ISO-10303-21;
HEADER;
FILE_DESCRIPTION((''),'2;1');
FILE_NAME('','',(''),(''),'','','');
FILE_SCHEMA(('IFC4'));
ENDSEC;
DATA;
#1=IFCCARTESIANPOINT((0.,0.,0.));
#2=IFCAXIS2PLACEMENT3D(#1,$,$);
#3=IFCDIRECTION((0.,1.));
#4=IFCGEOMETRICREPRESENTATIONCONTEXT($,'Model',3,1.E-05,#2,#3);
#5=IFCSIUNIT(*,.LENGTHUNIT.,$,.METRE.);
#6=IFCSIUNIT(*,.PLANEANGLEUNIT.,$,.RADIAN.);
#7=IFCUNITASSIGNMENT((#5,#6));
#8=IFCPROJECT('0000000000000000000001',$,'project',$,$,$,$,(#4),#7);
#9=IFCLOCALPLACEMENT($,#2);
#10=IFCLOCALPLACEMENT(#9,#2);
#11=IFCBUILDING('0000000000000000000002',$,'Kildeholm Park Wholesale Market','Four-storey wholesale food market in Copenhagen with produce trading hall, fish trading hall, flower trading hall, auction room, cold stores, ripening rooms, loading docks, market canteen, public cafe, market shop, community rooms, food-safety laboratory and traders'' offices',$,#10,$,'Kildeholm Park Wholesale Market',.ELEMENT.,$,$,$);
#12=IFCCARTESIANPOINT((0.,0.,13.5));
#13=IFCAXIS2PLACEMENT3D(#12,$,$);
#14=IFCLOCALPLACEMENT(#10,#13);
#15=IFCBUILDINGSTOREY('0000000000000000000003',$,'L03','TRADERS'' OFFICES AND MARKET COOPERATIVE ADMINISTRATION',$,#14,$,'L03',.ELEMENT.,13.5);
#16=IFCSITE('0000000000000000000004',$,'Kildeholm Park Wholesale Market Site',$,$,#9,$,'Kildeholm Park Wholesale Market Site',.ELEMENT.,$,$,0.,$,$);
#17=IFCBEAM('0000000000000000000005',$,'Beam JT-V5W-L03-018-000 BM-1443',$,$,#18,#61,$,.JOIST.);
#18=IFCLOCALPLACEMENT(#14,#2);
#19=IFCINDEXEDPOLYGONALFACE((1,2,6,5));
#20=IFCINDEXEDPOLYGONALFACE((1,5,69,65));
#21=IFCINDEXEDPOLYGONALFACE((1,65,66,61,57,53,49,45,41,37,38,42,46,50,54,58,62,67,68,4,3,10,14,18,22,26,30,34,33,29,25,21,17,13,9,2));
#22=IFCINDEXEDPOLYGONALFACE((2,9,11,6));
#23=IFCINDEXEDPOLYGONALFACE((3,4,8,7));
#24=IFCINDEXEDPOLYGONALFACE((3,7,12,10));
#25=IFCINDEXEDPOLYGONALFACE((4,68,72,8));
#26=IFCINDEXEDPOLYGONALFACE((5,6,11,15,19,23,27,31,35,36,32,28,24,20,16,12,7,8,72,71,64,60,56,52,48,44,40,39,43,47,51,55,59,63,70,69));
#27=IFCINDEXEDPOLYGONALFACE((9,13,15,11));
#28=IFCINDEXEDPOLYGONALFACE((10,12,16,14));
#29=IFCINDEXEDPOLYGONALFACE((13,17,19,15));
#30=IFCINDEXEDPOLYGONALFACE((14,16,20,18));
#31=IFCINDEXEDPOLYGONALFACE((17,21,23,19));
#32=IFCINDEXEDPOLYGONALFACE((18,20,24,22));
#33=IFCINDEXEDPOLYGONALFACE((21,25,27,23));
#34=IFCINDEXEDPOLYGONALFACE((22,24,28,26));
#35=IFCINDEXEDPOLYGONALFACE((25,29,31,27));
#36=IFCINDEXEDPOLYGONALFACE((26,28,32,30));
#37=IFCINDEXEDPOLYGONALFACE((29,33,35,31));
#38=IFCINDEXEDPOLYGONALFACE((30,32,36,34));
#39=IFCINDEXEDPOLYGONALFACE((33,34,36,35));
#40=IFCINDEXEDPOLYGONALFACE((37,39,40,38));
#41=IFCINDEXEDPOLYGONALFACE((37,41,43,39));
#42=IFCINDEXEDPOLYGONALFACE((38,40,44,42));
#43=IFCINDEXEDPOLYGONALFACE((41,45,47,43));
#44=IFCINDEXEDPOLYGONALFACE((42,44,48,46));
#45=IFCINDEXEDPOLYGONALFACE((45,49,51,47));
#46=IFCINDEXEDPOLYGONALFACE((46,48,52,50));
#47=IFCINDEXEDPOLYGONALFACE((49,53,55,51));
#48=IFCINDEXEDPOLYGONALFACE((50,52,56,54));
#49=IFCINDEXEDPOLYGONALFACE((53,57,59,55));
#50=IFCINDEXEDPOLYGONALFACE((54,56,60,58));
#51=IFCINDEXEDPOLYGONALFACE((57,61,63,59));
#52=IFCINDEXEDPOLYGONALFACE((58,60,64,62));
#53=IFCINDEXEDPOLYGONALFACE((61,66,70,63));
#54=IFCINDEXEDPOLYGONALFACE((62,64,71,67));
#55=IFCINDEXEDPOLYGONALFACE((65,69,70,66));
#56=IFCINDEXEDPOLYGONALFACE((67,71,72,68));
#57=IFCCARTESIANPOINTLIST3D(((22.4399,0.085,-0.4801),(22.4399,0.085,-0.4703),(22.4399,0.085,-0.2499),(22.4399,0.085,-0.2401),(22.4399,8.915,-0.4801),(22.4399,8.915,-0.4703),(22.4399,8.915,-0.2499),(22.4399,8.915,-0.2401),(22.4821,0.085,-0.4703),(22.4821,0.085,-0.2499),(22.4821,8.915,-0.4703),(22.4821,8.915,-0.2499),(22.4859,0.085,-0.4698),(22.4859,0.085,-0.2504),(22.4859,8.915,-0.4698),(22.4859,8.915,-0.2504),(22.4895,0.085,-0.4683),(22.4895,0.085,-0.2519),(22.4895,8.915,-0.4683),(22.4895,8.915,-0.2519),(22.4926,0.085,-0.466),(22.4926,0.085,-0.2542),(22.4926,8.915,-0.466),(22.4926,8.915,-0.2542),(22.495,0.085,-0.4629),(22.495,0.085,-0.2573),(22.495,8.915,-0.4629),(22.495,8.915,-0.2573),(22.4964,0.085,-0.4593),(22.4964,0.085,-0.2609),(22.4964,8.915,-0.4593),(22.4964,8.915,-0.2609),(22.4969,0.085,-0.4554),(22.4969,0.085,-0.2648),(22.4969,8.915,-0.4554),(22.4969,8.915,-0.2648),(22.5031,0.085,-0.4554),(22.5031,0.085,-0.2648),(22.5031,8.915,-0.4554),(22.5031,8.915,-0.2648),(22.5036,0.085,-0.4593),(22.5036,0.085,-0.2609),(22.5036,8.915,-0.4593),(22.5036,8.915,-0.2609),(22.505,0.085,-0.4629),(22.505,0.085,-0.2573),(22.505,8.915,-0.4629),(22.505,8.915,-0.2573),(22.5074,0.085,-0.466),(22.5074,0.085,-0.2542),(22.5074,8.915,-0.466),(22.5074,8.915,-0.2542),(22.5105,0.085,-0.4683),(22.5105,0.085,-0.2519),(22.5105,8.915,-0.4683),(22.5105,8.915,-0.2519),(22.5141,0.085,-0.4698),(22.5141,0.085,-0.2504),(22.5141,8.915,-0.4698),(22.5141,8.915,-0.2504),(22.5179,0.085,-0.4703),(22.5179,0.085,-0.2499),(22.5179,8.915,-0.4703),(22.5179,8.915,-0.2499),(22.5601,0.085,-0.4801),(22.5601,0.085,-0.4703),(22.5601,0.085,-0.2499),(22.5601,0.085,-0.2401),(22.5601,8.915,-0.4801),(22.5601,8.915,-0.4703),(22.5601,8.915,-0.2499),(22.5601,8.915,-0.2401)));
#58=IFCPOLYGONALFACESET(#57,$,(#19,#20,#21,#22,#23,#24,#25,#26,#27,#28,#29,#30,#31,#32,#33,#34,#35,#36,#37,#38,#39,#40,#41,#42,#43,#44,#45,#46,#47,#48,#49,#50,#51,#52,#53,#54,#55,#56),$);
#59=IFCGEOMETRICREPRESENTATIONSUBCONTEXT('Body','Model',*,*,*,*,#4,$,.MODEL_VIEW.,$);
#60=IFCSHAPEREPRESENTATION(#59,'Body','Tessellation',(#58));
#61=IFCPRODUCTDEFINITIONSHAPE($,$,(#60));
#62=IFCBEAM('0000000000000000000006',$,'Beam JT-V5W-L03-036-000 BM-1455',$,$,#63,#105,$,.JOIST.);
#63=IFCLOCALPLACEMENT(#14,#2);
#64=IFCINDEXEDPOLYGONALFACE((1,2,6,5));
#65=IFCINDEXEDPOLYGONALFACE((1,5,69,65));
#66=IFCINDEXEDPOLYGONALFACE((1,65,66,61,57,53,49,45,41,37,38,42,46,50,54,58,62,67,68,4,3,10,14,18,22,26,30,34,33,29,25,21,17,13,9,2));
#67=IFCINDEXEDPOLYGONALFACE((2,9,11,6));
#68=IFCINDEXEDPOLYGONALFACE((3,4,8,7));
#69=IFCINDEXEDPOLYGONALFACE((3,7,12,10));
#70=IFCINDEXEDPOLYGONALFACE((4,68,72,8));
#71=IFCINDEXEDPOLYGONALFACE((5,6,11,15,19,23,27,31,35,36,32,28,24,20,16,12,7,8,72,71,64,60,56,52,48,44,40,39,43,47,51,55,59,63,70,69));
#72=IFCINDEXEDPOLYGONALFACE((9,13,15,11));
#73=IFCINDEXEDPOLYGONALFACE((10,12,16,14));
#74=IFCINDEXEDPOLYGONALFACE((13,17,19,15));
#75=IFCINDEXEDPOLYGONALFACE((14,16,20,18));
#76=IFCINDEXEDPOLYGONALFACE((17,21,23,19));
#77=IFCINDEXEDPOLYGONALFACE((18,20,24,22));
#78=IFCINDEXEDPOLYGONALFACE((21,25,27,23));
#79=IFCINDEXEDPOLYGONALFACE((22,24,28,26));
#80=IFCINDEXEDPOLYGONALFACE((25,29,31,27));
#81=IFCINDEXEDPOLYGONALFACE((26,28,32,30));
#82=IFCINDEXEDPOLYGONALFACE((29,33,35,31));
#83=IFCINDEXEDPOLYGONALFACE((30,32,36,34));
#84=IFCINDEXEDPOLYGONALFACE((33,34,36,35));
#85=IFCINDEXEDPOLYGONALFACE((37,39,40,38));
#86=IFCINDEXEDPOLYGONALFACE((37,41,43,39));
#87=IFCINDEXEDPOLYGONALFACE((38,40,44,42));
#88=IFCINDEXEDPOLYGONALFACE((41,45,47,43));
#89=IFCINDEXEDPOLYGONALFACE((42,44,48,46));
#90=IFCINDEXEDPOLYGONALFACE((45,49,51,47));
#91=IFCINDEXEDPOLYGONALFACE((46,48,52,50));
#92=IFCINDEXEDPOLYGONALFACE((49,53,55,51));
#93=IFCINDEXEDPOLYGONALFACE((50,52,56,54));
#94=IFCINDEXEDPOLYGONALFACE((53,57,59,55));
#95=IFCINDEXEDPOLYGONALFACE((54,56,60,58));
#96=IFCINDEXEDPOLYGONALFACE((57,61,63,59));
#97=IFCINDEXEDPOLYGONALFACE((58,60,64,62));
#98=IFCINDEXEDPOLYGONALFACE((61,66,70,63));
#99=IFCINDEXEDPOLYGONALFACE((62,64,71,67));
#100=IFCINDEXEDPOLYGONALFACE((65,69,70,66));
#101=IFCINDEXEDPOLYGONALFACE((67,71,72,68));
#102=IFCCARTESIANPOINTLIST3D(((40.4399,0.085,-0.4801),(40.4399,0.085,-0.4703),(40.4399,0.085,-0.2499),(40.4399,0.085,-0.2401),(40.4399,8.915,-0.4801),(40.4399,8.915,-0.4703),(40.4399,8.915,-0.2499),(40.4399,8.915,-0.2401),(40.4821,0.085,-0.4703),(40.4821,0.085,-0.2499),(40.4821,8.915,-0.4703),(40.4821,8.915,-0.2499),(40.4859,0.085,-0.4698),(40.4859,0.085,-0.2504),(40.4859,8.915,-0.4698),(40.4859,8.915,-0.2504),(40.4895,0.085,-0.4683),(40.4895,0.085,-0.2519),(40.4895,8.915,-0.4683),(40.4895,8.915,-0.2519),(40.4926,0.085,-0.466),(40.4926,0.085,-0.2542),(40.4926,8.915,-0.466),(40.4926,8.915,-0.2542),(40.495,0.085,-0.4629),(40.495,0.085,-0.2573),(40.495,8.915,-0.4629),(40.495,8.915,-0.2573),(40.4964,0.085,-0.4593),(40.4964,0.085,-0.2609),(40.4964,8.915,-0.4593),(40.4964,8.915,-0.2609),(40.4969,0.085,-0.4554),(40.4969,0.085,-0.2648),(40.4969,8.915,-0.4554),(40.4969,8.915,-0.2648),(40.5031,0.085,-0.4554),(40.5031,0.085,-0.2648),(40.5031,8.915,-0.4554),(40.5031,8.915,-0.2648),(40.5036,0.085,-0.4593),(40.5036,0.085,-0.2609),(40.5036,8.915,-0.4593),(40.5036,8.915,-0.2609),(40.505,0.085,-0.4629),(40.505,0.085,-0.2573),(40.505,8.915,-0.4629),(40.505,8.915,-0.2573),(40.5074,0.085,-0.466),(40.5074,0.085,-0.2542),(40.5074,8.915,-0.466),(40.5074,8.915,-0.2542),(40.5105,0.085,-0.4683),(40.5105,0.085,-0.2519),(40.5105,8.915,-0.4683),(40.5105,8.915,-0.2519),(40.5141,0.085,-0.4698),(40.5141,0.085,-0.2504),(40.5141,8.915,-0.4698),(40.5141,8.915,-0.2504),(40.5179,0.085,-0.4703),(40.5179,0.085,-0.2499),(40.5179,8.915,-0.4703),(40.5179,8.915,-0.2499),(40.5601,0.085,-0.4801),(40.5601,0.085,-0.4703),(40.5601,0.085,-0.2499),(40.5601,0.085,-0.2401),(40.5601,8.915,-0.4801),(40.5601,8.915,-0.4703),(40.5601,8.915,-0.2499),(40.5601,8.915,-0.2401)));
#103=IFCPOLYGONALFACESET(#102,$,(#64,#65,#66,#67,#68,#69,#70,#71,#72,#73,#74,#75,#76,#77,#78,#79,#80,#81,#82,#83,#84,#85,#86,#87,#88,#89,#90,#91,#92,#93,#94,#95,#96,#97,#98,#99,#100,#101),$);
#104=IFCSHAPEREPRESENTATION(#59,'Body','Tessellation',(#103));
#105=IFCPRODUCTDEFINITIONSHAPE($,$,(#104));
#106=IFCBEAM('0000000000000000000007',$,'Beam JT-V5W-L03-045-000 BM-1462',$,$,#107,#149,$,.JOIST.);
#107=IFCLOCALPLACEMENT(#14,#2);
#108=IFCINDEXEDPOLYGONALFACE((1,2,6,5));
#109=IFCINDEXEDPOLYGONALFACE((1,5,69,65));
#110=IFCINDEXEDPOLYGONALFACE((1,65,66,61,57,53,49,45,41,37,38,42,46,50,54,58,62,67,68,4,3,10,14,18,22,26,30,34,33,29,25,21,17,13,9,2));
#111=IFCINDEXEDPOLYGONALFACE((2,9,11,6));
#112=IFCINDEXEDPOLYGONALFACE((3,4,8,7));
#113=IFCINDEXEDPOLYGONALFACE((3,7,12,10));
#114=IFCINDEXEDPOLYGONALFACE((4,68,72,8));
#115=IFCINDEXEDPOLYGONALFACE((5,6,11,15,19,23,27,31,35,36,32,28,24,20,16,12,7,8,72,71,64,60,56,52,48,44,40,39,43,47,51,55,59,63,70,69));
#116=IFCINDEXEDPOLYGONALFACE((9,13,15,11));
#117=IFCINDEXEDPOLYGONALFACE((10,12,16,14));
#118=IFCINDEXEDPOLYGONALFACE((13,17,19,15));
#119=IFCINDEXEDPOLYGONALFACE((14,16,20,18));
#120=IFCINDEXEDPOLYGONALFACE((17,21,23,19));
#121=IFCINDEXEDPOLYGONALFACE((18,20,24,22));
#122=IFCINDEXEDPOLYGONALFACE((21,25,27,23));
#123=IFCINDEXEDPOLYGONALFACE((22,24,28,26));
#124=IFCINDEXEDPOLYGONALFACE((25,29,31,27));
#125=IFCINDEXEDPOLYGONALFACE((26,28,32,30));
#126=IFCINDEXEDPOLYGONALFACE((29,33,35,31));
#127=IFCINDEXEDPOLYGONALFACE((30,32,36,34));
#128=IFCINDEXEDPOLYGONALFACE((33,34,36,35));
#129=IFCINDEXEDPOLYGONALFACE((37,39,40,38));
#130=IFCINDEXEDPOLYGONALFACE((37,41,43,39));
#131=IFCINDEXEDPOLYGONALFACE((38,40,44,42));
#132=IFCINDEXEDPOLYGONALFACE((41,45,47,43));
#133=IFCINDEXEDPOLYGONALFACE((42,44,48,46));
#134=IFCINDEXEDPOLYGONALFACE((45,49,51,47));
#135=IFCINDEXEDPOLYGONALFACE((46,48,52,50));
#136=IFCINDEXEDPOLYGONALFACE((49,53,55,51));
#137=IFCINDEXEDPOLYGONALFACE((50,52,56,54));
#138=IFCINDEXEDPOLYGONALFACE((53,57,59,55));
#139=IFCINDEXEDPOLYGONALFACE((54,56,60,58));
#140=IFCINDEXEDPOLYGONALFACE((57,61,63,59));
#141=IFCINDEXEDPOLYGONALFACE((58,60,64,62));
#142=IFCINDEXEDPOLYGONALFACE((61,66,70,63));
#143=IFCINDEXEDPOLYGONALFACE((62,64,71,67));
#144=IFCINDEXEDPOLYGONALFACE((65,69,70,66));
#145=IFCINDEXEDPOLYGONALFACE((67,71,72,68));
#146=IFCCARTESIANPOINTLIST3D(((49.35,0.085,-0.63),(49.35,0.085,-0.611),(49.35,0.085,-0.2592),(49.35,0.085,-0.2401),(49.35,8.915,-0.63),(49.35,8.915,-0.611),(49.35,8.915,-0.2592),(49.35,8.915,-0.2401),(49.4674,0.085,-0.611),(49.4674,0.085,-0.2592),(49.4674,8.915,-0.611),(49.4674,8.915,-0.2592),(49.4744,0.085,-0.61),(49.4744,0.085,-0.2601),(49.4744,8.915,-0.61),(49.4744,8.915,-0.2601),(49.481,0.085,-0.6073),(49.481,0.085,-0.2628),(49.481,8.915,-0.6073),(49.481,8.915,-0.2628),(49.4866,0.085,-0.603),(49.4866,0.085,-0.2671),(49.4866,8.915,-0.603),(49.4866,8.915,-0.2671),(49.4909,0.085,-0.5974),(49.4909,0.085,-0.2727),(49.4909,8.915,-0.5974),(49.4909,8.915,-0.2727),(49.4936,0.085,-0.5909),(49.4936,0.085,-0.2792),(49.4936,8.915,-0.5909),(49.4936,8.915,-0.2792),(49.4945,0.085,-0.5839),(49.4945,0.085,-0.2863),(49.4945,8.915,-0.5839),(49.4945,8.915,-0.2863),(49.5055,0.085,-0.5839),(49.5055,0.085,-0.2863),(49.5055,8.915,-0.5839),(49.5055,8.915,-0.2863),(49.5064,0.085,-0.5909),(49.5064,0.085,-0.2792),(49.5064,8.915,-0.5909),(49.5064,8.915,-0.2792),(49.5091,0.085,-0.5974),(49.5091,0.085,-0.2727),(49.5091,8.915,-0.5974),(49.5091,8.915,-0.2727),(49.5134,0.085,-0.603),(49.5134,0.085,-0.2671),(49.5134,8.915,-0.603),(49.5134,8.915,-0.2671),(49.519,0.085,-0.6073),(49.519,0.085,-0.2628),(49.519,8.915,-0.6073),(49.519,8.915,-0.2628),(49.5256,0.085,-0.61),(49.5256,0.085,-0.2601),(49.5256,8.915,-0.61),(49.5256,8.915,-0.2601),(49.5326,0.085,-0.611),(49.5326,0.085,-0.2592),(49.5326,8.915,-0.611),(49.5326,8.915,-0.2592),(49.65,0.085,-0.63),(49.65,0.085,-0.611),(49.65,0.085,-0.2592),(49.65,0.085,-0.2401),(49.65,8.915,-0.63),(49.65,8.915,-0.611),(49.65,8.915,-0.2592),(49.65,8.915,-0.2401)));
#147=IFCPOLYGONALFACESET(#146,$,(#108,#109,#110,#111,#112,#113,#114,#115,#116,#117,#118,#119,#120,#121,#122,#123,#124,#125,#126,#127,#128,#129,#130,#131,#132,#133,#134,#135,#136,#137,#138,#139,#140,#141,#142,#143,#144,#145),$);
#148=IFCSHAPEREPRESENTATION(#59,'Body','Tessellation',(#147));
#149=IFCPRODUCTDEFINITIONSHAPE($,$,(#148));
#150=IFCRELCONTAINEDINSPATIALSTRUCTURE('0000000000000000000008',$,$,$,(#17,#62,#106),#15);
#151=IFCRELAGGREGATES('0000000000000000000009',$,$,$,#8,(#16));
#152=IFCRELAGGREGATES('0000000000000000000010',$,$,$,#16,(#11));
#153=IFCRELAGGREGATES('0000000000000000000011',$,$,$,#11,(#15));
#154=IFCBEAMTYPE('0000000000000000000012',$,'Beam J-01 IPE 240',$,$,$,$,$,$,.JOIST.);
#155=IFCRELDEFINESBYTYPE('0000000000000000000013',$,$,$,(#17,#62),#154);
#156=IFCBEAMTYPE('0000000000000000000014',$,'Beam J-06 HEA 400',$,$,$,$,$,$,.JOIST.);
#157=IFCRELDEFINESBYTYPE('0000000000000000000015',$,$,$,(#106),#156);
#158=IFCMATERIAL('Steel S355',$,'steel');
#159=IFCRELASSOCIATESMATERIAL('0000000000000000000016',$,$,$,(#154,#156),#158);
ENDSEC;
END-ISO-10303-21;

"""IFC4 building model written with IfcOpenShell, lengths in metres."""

from ifc_helpers import new_model, si_unit, direction, frame, origin, origin_2d, place, context, subcontext, project, spatial, i_section, extrude, material, material_profile, profile_set, type_object, element, save


model = new_model("IFC4")

# Units and contexts
model_context = context("Model", 3, precision=1e-05, world=origin(), true_north=direction((0.0, 1.0)))
body_context = subcontext(model_context, "Body", "Model", "MODEL_VIEW")
ifc_project = project(units=[si_unit("LENGTHUNIT", "METRE"), si_unit("PLANEANGLEUNIT", "RADIAN")], contexts=[model_context])

# Site, building, storey
site_placement = place(None, origin())
site = spatial("IfcSite", under=ifc_project, at=site_placement, Name="Kildeholm Park Wholesale Market Site", LongName="Kildeholm Park Wholesale Market Site", CompositionType="ELEMENT", RefElevation=0.0)
building_placement = place(site_placement, origin())
building = spatial("IfcBuilding", under=site, at=building_placement, Name="Kildeholm Park Wholesale Market", Description="Four-storey wholesale food market in Copenhagen with produce trading hall, fish trading hall, flower trading hall, auction room, cold stores, ripening rooms, loading docks, market canteen, public cafe, market shop, community rooms, food-safety laboratory and traders' offices", LongName="Kildeholm Park Wholesale Market", CompositionType="ELEMENT")
storey_placement = place(building_placement, frame((0.0, 0.0, 13.5)))
storey = spatial("IfcBuildingStorey", under=building, at=storey_placement, Name="L03", Description="TRADERS' OFFICES AND MARKET COOPERATIVE ADMINISTRATION", LongName="L03", CompositionType="ELEMENT", Elevation=13.5)

# Shared definitions
ifc_material_1 = material(Name="Steel S355", Category="steel")

# Beams
ifc_material_profile_1 = material_profile(ifc_material_1, i_section(OverallWidth=0.1201, OverallDepth=0.24, WebThickness=0.0061, FlangeThickness=0.0098, FilletRadius=0.0149, at=origin_2d()), Name="IPE 240")
ifc_profile_set_1 = profile_set([ifc_material_profile_1], Name="Steel S355")
beam_type_1 = type_object("IfcBeamType", Name="Beam J-01 IPE 240", PredefinedType="JOIST", material=ifc_profile_set_1)
for number, where, z_axis, x_axis, name in (
    (1, (22.5, 0.085, -0.3601), (0.0, 1.0, 0.0), (-1.0, 0.0, 0.0), "Beam JT-V5W-L03-018-000 BM-1443"),
    (2, (40.5, 0.085, -0.3601), (0.0, 1.0, 0.0), (-1.0, 0.0, 0.0), "Beam JT-V5W-L03-036-000 BM-1455"),
):
    element("IfcBeam", number, at=place(storey_placement, frame(where, z_axis=z_axis, x_axis=x_axis)), inside=storey, type_object=beam_type_1, Name=name, PredefinedType="JOIST", context=body_context, shape_type="SweptSolid", body=[
        extrude(i_section(OverallWidth=0.1201, OverallDepth=0.24, WebThickness=0.0061, FlangeThickness=0.0098, FilletRadius=0.0149, at=origin_2d()), origin(), (0.0, 0.0, 1.0), 8.8301),
    ])
ifc_material_profile_2 = material_profile(ifc_material_1, i_section(OverallWidth=0.3, OverallDepth=0.3899, WebThickness=0.011, FlangeThickness=0.019, FilletRadius=0.0271, at=origin_2d()), Name="HEA 400")
ifc_profile_set_2 = profile_set([ifc_material_profile_2], Name="Steel S355")
beam_type_2 = type_object("IfcBeamType", Name="Beam J-06 HEA 400", PredefinedType="JOIST", material=ifc_profile_set_2)
beam_placement = place(storey_placement, frame((49.5, 0.085, -0.4351), z_axis=(0.0, 1.0, 0.0), x_axis=(-1.0, 0.0, 0.0)))
element("IfcBeam", 3, at=beam_placement, inside=storey, type_object=beam_type_2, Name="Beam JT-V5W-L03-045-000 BM-1462", PredefinedType="JOIST", context=body_context, shape_type="SweptSolid", body=[
    extrude(i_section(OverallWidth=0.3, OverallDepth=0.3899, WebThickness=0.011, FlangeThickness=0.019, FilletRadius=0.0271, at=origin_2d()), origin(), (0.0, 0.0, 1.0), 8.8301),
])

save(model, "model.ifc")
